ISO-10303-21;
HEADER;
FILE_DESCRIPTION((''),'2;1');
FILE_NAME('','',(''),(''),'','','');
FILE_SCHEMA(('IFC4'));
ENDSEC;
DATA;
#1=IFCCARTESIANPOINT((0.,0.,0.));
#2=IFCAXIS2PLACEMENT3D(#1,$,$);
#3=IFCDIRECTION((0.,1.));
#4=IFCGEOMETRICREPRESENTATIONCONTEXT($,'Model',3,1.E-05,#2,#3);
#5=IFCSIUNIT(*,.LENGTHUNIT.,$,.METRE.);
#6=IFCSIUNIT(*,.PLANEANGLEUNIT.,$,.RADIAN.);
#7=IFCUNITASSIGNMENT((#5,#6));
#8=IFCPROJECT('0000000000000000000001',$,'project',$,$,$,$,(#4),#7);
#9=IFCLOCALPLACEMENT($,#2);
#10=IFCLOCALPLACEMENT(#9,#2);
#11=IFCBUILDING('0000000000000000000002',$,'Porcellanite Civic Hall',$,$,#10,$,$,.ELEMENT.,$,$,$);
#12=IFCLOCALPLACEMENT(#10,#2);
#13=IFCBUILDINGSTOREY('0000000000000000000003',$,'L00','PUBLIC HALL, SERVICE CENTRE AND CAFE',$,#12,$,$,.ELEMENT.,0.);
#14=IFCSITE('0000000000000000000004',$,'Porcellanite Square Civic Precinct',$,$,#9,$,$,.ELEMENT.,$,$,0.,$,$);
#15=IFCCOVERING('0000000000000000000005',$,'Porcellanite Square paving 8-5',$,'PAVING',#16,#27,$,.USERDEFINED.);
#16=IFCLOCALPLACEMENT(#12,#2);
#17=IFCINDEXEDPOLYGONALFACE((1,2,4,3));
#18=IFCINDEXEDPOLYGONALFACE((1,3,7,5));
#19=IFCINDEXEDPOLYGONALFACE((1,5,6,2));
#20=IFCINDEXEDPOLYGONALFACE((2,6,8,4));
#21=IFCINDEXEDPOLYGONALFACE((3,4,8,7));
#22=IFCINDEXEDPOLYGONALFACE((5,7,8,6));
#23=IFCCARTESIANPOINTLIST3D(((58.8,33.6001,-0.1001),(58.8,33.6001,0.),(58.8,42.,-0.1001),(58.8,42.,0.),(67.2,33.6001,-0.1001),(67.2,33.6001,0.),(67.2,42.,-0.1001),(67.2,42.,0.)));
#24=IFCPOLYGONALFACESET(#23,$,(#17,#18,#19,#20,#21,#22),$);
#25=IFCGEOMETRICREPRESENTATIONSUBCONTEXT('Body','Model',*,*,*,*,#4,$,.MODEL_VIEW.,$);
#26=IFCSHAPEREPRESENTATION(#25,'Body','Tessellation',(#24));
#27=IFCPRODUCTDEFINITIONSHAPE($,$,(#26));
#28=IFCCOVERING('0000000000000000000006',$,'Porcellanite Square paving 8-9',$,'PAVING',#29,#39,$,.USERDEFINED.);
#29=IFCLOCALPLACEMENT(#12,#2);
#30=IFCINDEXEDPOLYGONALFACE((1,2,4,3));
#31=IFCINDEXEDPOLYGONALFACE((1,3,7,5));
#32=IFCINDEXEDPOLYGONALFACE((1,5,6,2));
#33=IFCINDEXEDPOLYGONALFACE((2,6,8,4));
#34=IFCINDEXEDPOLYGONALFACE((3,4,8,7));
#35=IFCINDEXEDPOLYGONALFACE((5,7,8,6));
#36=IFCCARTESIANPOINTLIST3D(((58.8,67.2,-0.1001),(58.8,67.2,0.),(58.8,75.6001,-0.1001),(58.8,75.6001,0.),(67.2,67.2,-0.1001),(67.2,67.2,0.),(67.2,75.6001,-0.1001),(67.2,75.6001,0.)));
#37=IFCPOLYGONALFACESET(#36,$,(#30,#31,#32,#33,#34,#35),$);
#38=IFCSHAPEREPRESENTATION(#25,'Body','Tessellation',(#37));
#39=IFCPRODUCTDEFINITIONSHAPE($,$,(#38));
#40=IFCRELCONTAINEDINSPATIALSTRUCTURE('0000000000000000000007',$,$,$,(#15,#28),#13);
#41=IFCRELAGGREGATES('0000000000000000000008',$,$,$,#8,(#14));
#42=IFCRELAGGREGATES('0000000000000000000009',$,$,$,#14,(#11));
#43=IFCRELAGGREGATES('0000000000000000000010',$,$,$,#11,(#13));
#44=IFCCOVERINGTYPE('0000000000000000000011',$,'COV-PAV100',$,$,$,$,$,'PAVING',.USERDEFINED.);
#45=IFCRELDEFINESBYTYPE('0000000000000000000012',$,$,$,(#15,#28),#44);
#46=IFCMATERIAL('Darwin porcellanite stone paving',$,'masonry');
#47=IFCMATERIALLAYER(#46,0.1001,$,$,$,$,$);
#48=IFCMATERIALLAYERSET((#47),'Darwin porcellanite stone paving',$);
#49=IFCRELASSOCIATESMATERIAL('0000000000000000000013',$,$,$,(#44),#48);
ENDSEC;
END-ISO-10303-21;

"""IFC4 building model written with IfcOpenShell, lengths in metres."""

from ifc_helpers import new_model, si_unit, direction, frame, origin, place, context, subcontext, project, spatial, polyline, outline, extrude, material, layer, layer_set, type_object, element, save


model = new_model("IFC4")

# Units and contexts
model_context = context("Model", 3, precision=1e-05, world=origin(), true_north=direction((0.0, 1.0)))
body_context = subcontext(model_context, "Body", "Model", "MODEL_VIEW")
ifc_project = project(units=[si_unit("LENGTHUNIT", "METRE"), si_unit("PLANEANGLEUNIT", "RADIAN")], contexts=[model_context])

# Site, building, storey
site_placement = place(None, origin())
site = spatial("IfcSite", under=ifc_project, at=site_placement, Name="Porcellanite Square Civic Precinct", CompositionType="ELEMENT", RefElevation=0.0)
building_placement = place(site_placement, origin())
building = spatial("IfcBuilding", under=site, at=building_placement, Name="Porcellanite Civic Hall", CompositionType="ELEMENT")
storey_placement = place(building_placement, origin())
storey = spatial("IfcBuildingStorey", under=building, at=storey_placement, Name="L00", Description="PUBLIC HALL, SERVICE CENTRE AND CAFE", CompositionType="ELEMENT", Elevation=0.0)

# Coverings
ifc_material = material(Name="Darwin porcellanite stone paving", Category="masonry")
ifc_layer = layer(ifc_material, 0.1001)
ifc_layer_set = layer_set([ifc_layer], Name="Darwin porcellanite stone paving")
covering_type = type_object("IfcCoveringType", Name="COV-PAV100", ElementType="PAVING", PredefinedType="USERDEFINED", material=ifc_layer_set)
covering_1_placement = place(storey_placement, frame((0.0, 0.0, -0.1001)))
element("IfcCovering", 1, at=covering_1_placement, inside=storey, type_object=covering_type, Name="Porcellanite Square paving 8-5", ObjectType="PAVING", PredefinedType="USERDEFINED", context=body_context, shape_type="SweptSolid", body=[
    extrude(outline(polyline([(58.8, 33.6001), (67.2, 33.6001), (67.2, 42.0), (58.8, 42.0), (58.8, 33.6001)])), origin(), (0.0, 0.0, 1.0), 0.1001),
])
covering_2_placement = place(storey_placement, frame((0.0, 0.0, -0.1001)))
element("IfcCovering", 2, at=covering_2_placement, inside=storey, type_object=covering_type, Name="Porcellanite Square paving 8-9", ObjectType="PAVING", PredefinedType="USERDEFINED", context=body_context, shape_type="SweptSolid", body=[
    extrude(outline(polyline([(58.8, 67.2), (67.2, 67.2), (67.2, 75.6001), (58.8, 75.6001), (58.8, 67.2)])), origin(), (0.0, 0.0, 1.0), 0.1001),
])

save(model, "model.ifc")
